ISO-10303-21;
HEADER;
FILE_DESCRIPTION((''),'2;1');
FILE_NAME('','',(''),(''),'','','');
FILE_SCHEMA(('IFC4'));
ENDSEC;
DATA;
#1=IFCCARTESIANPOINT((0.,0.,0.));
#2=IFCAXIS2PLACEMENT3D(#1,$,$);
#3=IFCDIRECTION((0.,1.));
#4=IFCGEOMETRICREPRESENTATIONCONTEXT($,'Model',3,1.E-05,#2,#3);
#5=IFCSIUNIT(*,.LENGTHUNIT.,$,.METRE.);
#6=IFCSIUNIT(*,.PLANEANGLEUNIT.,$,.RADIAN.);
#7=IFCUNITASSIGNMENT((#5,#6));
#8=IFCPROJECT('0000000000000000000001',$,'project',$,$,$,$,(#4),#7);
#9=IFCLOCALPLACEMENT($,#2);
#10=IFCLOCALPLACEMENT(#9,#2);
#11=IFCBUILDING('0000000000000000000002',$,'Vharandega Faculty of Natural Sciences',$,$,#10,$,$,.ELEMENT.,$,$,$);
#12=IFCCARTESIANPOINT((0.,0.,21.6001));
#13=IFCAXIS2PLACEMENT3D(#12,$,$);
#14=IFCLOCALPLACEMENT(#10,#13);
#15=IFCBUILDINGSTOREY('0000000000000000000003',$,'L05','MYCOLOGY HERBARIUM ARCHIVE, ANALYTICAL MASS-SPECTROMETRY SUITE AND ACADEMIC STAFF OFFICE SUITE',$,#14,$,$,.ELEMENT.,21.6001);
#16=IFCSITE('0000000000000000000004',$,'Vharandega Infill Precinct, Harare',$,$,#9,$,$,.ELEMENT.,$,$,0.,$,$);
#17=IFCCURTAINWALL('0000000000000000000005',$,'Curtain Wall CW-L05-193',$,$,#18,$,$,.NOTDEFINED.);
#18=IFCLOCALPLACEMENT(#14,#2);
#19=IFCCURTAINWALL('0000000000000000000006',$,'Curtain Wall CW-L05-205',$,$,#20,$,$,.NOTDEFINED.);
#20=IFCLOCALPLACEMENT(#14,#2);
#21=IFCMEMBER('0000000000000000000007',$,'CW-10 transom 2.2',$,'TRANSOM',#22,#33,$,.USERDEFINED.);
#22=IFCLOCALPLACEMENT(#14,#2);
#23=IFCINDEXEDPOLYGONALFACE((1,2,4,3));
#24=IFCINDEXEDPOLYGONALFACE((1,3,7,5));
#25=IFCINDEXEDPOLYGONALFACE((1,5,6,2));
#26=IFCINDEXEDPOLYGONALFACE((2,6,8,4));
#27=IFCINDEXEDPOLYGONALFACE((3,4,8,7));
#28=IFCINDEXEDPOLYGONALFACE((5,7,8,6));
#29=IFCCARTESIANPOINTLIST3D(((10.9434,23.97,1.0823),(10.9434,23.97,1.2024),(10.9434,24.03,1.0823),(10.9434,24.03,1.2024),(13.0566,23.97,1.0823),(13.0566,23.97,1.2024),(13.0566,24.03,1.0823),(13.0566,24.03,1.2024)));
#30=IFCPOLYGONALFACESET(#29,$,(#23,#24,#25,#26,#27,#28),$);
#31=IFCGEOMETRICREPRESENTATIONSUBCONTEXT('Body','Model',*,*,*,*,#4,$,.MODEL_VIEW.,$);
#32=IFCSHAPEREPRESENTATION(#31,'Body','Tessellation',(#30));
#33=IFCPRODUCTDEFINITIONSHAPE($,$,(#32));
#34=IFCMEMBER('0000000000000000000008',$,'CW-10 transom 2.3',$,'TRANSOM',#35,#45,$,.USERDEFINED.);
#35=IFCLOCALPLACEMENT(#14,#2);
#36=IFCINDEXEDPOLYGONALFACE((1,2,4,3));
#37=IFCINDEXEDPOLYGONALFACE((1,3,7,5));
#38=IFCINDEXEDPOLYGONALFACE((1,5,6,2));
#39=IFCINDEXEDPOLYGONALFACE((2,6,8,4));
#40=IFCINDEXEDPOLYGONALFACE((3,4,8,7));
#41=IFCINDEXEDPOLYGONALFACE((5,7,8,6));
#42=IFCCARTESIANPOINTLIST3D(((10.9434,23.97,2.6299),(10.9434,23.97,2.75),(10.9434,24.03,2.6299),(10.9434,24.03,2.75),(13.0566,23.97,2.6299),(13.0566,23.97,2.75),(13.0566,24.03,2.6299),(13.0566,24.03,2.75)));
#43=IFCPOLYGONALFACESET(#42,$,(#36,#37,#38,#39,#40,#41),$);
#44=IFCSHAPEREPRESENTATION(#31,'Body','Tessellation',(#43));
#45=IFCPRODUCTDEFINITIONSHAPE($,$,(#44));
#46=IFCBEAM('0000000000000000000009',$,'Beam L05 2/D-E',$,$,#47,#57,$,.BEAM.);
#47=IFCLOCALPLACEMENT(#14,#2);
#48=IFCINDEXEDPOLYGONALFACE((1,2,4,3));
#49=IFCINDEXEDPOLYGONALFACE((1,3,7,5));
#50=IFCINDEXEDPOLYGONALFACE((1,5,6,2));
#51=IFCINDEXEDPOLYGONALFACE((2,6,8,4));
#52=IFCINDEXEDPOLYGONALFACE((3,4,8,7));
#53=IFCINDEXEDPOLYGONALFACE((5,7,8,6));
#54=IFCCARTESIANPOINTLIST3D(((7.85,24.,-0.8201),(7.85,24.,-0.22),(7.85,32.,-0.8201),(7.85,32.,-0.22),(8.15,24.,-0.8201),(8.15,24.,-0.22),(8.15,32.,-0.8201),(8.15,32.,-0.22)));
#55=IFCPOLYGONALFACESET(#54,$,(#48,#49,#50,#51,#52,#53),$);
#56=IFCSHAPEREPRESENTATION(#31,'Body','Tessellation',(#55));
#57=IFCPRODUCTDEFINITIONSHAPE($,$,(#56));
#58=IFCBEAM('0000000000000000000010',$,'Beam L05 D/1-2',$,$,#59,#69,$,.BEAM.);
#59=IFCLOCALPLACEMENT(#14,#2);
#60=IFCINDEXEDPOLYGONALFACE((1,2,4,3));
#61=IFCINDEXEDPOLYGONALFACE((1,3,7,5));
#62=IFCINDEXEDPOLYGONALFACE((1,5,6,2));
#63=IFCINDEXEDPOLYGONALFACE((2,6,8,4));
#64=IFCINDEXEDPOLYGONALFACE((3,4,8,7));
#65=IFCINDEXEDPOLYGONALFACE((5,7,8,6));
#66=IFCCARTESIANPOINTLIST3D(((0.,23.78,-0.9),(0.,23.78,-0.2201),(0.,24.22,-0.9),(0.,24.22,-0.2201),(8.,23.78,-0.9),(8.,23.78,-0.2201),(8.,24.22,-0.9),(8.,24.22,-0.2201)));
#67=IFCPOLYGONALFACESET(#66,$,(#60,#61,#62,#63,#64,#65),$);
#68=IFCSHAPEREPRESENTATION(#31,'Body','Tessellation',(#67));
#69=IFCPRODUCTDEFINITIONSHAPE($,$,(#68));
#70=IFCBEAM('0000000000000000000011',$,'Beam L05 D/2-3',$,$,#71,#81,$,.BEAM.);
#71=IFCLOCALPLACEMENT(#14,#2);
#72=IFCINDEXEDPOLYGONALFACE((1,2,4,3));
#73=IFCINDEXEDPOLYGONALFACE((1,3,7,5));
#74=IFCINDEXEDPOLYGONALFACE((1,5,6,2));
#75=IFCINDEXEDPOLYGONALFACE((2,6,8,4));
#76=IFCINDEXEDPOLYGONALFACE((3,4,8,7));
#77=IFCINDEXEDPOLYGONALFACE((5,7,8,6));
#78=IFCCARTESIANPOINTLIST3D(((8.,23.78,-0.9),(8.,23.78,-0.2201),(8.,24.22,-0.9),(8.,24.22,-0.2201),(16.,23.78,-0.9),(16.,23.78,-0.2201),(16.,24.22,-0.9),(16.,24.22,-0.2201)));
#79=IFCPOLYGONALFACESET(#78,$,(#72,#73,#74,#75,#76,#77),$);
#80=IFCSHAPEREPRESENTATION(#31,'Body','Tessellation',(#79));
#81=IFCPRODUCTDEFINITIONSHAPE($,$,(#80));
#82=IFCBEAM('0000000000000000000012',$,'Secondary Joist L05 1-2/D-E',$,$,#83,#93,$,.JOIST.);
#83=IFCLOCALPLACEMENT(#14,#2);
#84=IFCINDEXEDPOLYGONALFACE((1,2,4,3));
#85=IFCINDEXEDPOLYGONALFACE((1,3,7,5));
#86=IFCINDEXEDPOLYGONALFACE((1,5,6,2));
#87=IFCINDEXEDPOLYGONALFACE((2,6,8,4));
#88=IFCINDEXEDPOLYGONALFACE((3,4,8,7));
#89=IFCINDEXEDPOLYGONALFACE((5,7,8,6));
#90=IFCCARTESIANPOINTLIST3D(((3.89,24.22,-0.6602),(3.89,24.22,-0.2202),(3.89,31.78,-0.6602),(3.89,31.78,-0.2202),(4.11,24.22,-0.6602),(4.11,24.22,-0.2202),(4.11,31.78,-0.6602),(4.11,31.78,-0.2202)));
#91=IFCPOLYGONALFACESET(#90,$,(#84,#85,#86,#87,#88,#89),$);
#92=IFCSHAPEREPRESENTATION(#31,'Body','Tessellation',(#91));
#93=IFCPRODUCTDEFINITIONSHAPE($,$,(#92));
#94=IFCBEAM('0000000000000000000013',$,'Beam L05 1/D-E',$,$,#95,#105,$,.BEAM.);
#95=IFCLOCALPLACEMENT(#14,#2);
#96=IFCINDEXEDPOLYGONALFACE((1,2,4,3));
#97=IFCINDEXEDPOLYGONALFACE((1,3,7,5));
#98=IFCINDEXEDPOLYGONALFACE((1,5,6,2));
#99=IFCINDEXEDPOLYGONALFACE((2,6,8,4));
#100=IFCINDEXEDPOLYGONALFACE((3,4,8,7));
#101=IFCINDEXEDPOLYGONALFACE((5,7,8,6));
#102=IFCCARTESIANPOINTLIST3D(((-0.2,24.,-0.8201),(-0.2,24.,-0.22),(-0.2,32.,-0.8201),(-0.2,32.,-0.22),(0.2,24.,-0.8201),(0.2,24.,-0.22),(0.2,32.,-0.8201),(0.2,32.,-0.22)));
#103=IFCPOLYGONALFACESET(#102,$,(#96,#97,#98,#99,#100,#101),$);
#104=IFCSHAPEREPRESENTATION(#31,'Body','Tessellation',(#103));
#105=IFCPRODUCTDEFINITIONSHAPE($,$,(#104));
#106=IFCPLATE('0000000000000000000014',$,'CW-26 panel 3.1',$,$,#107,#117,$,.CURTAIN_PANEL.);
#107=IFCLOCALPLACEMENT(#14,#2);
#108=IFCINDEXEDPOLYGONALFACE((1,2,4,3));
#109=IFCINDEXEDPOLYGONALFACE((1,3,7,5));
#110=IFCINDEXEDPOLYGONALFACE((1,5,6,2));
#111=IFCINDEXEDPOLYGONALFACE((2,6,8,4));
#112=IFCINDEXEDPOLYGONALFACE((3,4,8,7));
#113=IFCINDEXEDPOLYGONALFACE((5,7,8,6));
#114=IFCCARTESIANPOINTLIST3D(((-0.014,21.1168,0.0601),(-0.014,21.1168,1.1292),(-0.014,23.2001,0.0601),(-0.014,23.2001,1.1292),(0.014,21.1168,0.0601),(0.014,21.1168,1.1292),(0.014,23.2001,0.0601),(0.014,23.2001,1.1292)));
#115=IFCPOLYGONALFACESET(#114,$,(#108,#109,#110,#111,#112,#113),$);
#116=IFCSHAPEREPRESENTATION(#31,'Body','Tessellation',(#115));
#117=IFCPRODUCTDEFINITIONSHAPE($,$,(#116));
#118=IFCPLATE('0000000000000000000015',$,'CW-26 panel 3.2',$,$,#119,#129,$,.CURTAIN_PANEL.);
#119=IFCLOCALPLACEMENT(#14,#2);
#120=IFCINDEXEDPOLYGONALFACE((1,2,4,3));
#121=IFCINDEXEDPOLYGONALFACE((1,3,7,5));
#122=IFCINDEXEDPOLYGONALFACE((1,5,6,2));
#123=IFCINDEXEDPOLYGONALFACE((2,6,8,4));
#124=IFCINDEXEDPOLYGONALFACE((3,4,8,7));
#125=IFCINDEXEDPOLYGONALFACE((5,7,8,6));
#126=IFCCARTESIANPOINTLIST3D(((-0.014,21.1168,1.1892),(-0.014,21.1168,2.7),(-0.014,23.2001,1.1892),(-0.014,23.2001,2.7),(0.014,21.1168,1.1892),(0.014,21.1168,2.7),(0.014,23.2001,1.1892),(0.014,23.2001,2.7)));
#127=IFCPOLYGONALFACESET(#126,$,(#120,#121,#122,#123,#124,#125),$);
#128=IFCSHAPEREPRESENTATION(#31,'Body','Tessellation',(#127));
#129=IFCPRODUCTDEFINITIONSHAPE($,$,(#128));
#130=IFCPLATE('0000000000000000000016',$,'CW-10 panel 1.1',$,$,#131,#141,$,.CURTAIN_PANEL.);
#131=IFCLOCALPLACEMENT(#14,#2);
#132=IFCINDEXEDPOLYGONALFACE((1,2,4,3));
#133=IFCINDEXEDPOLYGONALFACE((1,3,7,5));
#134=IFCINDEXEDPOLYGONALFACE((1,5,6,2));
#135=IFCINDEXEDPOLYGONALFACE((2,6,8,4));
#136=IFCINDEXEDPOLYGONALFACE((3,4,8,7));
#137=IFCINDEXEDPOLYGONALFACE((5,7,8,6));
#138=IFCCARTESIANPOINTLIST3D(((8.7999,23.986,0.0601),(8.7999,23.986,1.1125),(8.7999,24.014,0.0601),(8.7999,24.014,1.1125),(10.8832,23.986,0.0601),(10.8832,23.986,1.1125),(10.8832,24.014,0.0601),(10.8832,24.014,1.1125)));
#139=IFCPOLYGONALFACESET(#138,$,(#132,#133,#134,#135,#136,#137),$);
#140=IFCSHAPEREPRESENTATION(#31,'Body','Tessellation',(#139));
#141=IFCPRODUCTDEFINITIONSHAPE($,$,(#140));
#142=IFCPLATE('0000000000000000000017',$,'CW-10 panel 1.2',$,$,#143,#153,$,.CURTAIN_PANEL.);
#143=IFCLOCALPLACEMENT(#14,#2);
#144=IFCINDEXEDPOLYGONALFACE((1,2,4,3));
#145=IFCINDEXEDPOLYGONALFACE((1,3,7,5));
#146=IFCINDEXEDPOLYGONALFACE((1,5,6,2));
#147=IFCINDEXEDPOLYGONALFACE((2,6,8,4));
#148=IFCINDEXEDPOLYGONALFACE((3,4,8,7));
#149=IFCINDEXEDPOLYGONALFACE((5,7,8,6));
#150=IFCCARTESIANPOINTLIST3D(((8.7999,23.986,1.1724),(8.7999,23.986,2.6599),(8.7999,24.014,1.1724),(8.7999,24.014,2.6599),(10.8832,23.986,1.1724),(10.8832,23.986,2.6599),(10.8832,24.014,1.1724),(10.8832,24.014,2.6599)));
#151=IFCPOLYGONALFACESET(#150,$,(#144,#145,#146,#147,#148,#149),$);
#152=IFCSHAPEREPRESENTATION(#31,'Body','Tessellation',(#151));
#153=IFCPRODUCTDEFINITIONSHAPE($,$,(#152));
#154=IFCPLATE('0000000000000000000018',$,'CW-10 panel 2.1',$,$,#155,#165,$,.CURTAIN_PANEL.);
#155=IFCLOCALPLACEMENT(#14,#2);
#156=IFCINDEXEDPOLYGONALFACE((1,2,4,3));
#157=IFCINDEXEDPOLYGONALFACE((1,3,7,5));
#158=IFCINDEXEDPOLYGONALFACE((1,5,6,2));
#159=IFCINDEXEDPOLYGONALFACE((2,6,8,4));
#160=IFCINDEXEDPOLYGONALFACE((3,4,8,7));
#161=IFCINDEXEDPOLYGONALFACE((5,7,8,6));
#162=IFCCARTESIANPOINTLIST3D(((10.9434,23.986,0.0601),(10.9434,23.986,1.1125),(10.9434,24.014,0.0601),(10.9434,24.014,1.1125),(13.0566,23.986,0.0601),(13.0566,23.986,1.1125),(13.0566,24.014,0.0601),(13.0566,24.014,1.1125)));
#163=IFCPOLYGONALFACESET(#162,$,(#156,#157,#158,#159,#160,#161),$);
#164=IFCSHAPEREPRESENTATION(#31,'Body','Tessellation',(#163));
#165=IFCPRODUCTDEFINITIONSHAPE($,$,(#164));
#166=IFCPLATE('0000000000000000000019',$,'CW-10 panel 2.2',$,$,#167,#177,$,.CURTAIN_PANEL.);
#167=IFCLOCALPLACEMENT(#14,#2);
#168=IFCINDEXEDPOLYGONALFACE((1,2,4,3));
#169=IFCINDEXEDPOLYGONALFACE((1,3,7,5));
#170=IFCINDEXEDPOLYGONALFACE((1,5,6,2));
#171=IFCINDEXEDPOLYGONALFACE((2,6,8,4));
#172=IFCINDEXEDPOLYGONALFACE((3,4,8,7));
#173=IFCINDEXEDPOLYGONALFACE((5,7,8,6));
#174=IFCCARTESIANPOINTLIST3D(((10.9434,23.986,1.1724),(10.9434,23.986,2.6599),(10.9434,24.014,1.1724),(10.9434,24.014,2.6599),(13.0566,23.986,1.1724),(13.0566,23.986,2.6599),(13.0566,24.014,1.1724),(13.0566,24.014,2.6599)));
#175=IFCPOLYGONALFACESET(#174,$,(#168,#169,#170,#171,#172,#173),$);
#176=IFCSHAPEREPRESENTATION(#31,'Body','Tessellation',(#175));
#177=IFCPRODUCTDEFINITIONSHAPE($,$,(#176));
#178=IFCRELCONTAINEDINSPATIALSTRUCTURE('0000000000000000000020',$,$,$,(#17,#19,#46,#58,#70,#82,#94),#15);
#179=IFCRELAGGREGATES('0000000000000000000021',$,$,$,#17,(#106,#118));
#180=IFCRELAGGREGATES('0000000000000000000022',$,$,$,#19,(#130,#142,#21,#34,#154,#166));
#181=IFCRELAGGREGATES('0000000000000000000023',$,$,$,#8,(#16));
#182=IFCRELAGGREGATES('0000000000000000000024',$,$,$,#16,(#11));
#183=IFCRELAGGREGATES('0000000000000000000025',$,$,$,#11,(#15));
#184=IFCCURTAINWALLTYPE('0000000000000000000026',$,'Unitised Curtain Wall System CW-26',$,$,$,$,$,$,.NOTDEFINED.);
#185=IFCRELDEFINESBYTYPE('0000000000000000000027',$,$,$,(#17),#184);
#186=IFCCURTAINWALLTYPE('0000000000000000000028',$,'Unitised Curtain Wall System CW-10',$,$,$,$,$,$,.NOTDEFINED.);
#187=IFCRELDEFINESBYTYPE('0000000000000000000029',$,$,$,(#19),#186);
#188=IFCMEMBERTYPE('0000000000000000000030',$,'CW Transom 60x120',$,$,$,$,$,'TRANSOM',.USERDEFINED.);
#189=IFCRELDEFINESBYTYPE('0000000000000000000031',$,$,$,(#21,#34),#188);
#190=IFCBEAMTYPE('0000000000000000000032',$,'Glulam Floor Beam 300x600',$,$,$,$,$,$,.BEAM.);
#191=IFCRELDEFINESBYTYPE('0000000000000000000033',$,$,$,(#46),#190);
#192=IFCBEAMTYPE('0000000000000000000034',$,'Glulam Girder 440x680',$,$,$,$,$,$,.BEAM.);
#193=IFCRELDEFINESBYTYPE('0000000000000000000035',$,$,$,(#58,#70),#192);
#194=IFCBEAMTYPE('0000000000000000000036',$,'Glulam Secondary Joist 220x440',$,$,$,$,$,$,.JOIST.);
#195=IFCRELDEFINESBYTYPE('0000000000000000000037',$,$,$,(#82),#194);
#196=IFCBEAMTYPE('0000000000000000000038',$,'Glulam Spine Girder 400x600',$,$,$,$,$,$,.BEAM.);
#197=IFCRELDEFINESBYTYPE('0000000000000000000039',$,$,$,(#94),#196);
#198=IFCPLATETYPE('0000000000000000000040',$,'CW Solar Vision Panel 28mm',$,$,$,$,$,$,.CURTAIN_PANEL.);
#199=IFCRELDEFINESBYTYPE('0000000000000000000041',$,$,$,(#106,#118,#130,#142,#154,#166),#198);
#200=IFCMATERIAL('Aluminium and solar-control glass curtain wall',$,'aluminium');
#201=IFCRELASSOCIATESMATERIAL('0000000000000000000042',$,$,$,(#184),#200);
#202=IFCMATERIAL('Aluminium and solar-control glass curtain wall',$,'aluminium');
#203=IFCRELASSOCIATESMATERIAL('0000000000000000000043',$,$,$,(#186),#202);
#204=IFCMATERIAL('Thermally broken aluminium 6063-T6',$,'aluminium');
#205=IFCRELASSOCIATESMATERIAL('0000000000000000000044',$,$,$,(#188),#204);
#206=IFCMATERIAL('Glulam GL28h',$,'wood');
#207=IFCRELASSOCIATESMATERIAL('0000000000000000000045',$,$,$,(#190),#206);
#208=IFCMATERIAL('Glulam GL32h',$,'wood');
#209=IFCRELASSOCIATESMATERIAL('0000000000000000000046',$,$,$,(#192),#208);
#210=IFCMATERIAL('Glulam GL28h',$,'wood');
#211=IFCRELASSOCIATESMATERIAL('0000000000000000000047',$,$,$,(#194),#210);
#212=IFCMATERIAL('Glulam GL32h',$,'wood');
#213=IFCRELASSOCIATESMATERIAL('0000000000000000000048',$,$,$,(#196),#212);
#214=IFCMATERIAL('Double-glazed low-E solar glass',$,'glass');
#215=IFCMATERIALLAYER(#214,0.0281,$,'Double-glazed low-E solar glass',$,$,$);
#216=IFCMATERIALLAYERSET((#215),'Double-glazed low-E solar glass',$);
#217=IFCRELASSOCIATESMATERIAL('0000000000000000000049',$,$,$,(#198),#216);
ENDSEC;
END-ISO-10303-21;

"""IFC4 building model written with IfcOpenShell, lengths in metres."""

from ifc_helpers import new_model, si_unit, direction, frame, origin, origin_2d, place, context, subcontext, project, spatial, rectangle, extrude, material, layer, layer_set, material_profile, profile_set, type_object, element, aggregate, save


model = new_model("IFC4")

# Units and contexts
model_context = context("Model", 3, precision=1e-05, world=origin(), true_north=direction((0.0, 1.0)))
body_context = subcontext(model_context, "Body", "Model", "MODEL_VIEW")
ifc_project = project(units=[si_unit("LENGTHUNIT", "METRE"), si_unit("PLANEANGLEUNIT", "RADIAN")], contexts=[model_context])

# Site, building, storey
site_placement = place(None, origin())
site = spatial("IfcSite", under=ifc_project, at=site_placement, Name="Vharandega Infill Precinct, Harare", CompositionType="ELEMENT", RefElevation=0.0)
building_placement = place(site_placement, origin())
building = spatial("IfcBuilding", under=site, at=building_placement, Name="Vharandega Faculty of Natural Sciences", CompositionType="ELEMENT")
storey_placement = place(building_placement, frame((0.0, 0.0, 21.6001)))
storey = spatial("IfcBuildingStorey", under=building, at=storey_placement, Name="L05", Description="MYCOLOGY HERBARIUM ARCHIVE, ANALYTICAL MASS-SPECTROMETRY SUITE AND ACADEMIC STAFF OFFICE SUITE", CompositionType="ELEMENT", Elevation=21.6001)

# Curtain wall
ifc_material_1 = material(Name="Aluminium and solar-control glass curtain wall", Category="aluminium")
curtain_wall_type_1 = type_object("IfcCurtainWallType", Name="Unitised Curtain Wall System CW-26", PredefinedType="NOTDEFINED", material=ifc_material_1)
curtain_wall_1_placement = place(storey_placement, origin())
curtain_wall_1 = element("IfcCurtainWall", 1, at=curtain_wall_1_placement, inside=storey, type_object=curtain_wall_type_1, Name="Curtain Wall CW-L05-193", PredefinedType="NOTDEFINED")

# Curtain wall
ifc_material_2 = material(Name="Aluminium and solar-control glass curtain wall", Category="aluminium")
curtain_wall_type_2 = type_object("IfcCurtainWallType", Name="Unitised Curtain Wall System CW-10", PredefinedType="NOTDEFINED", material=ifc_material_2)
curtain_wall_2_placement = place(storey_placement, origin())
curtain_wall_2 = element("IfcCurtainWall", 2, at=curtain_wall_2_placement, inside=storey, type_object=curtain_wall_type_2, Name="Curtain Wall CW-L05-205", PredefinedType="NOTDEFINED")

# Members
ifc_material_3 = material(Name="Thermally broken aluminium 6063-T6", Category="aluminium")
ifc_material_profile_1 = material_profile(ifc_material_3, rectangle(XDim=0.0601, YDim=0.1201, at=origin_2d()), Name="ALU 60x120")
ifc_profile_set_1 = profile_set([ifc_material_profile_1], Name="Thermally broken aluminium 6063-T6")
member_type_1 = type_object("IfcMemberType", Name="CW Transom 60x120", ElementType="TRANSOM", PredefinedType="USERDEFINED", material=ifc_profile_set_1)
member_1_placement = place(storey_placement, frame((10.9434, 24.0, 1.1423), z_axis=(1.0, 0.0, 0.0), x_axis=(0.0, 1.0, 0.0)))
member_1 = element("IfcMember", 3, at=member_1_placement, type_object=member_type_1, Name="CW-10 transom 2.2", ObjectType="TRANSOM", PredefinedType="USERDEFINED", context=body_context, shape_type="SweptSolid", body=[
    extrude(rectangle(XDim=0.0601, YDim=0.1201, at=origin_2d()), origin(), (0.0, 0.0, 1.0), 2.1133),
])
member_2_placement = place(storey_placement, frame((10.9434, 24.0, 2.6899), z_axis=(1.0, 0.0, 0.0), x_axis=(0.0, 1.0, 0.0)))
member_2 = element("IfcMember", 4, at=member_2_placement, type_object=member_type_1, Name="CW-10 transom 2.3", ObjectType="TRANSOM", PredefinedType="USERDEFINED", context=body_context, shape_type="SweptSolid", body=[
    extrude(rectangle(XDim=0.0601, YDim=0.1201, at=origin_2d()), origin(), (0.0, 0.0, 1.0), 2.1133),
])

# Beams
ifc_material_4 = material(Name="Glulam GL28h", Category="wood")
ifc_material_profile_2 = material_profile(ifc_material_4, rectangle(XDim=0.3, YDim=0.6001, at=origin_2d()), Name="GL28h 300x600")
ifc_profile_set_2 = profile_set([ifc_material_profile_2], Name="Glulam GL28h")
beam_type_1 = type_object("IfcBeamType", Name="Glulam Floor Beam 300x600", PredefinedType="BEAM", material=ifc_profile_set_2)
beam_1_placement = place(storey_placement, frame((8.0, 24.0, -0.52), z_axis=(0.0, 1.0, 0.0), x_axis=(-1.0, 0.0, 0.0)))
element("IfcBeam", 5, at=beam_1_placement, inside=storey, type_object=beam_type_1, Name="Beam L05 2/D-E", PredefinedType="BEAM", context=body_context, shape_type="SweptSolid", body=[
    extrude(rectangle(XDim=0.3, YDim=0.6001, at=origin_2d()), origin(), (0.0, 0.0, 1.0), 8.0),
])
ifc_material_5 = material(Name="Glulam GL32h", Category="wood")
ifc_material_profile_3 = material_profile(ifc_material_5, rectangle(XDim=0.4399, YDim=0.6799, at=origin_2d()), Name="GL32h 440x680")
ifc_profile_set_3 = profile_set([ifc_material_profile_3], Name="Glulam GL32h")
beam_type_2 = type_object("IfcBeamType", Name="Glulam Girder 440x680", PredefinedType="BEAM", material=ifc_profile_set_3)
for number, where, z_axis, x_axis, name in (
    (6, (0.0, 24.0, -0.5601), (1.0, 0.0, 0.0), (0.0, 1.0, 0.0), "Beam L05 D/1-2"),
    (7, (8.0, 24.0, -0.5601), (1.0, 0.0, 0.0), (0.0, 1.0, 0.0), "Beam L05 D/2-3"),
):
    element("IfcBeam", number, at=place(storey_placement, frame(where, z_axis=z_axis, x_axis=x_axis)), inside=storey, type_object=beam_type_2, Name=name, PredefinedType="BEAM", context=body_context, shape_type="SweptSolid", body=[
        extrude(rectangle(XDim=0.4399, YDim=0.6799, at=origin_2d()), origin(), (0.0, 0.0, 1.0), 8.0),
    ])
ifc_material_6 = material(Name="Glulam GL28h", Category="wood")
ifc_material_profile_4 = material_profile(ifc_material_6, rectangle(XDim=0.22, YDim=0.4399, at=origin_2d()), Name="GL28h 220x440")
ifc_profile_set_4 = profile_set([ifc_material_profile_4], Name="Glulam GL28h")
beam_type_3 = type_object("IfcBeamType", Name="Glulam Secondary Joist 220x440", PredefinedType="JOIST", material=ifc_profile_set_4)
beam_2_placement = place(storey_placement, frame((4.0, 24.22, -0.4402), z_axis=(0.0, 1.0, 0.0), x_axis=(-1.0, 0.0, 0.0)))
element("IfcBeam", 8, at=beam_2_placement, inside=storey, type_object=beam_type_3, Name="Secondary Joist L05 1-2/D-E", PredefinedType="JOIST", context=body_context, shape_type="SweptSolid", body=[
    extrude(rectangle(XDim=0.22, YDim=0.4399, at=origin_2d()), origin(), (0.0, 0.0, 1.0), 7.5601),
])
ifc_material_7 = material(Name="Glulam GL32h", Category="wood")
ifc_material_profile_5 = material_profile(ifc_material_7, rectangle(XDim=0.3999, YDim=0.6001, at=origin_2d()), Name="GL32h 400x600")
ifc_profile_set_5 = profile_set([ifc_material_profile_5], Name="Glulam GL32h")
beam_type_4 = type_object("IfcBeamType", Name="Glulam Spine Girder 400x600", PredefinedType="BEAM", material=ifc_profile_set_5)
beam_3_placement = place(storey_placement, frame((0.0, 24.0, -0.52), z_axis=(0.0, 1.0, 0.0), x_axis=(-1.0, 0.0, 0.0)))
element("IfcBeam", 9, at=beam_3_placement, inside=storey, type_object=beam_type_4, Name="Beam L05 1/D-E", PredefinedType="BEAM", context=body_context, shape_type="SweptSolid", body=[
    extrude(rectangle(XDim=0.3999, YDim=0.6001, at=origin_2d()), origin(), (0.0, 0.0, 1.0), 8.0),
])

# Plates
ifc_material_8 = material(Name="Double-glazed low-E solar glass", Category="glass")
ifc_layer = layer(ifc_material_8, 0.0281, Name="Double-glazed low-E solar glass")
ifc_layer_set = layer_set([ifc_layer], Name="Double-glazed low-E solar glass")
plate_type = type_object("IfcPlateType", Name="CW Solar Vision Panel 28mm", PredefinedType="CURTAIN_PANEL", material=ifc_layer_set)
plate_1_placement = place(storey_placement, frame((0.0, 22.1584, 0.0601), z_axis=(0.0, 0.0, 1.0), x_axis=(0.0, 1.0, 0.0)))
plate_1 = element("IfcPlate", 10, at=plate_1_placement, type_object=plate_type, Name="CW-26 panel 3.1", PredefinedType="CURTAIN_PANEL", context=body_context, shape_type="SweptSolid", body=[
    extrude(rectangle(XDim=2.0833, YDim=0.0281, at=origin_2d()), origin(), (0.0, 0.0, 1.0), 1.0691),
])
plate_2_placement = place(storey_placement, frame((0.0, 22.1584, 1.1892), z_axis=(0.0, 0.0, 1.0), x_axis=(0.0, 1.0, 0.0)))
plate_2 = element("IfcPlate", 11, at=plate_2_placement, type_object=plate_type, Name="CW-26 panel 3.2", PredefinedType="CURTAIN_PANEL", context=body_context, shape_type="SweptSolid", body=[
    extrude(rectangle(XDim=2.0833, YDim=0.0281, at=origin_2d()), origin(), (0.0, 0.0, 1.0), 1.5107),
])
aggregate(curtain_wall_1, [plate_1, plate_2])
plate_3_placement = place(storey_placement, frame((9.8416, 24.0, 0.0601), z_axis=(0.0, 0.0, 1.0), x_axis=(1.0, 0.0, 0.0)))
plate_3 = element("IfcPlate", 12, at=plate_3_placement, type_object=plate_type, Name="CW-10 panel 1.1", PredefinedType="CURTAIN_PANEL", context=body_context, shape_type="SweptSolid", body=[
    extrude(rectangle(XDim=2.0833, YDim=0.0281, at=origin_2d()), origin(), (0.0, 0.0, 1.0), 1.0525),
])
plate_4_placement = place(storey_placement, frame((9.8416, 24.0, 1.1724), z_axis=(0.0, 0.0, 1.0), x_axis=(1.0, 0.0, 0.0)))
plate_4 = element("IfcPlate", 13, at=plate_4_placement, type_object=plate_type, Name="CW-10 panel 1.2", PredefinedType="CURTAIN_PANEL", context=body_context, shape_type="SweptSolid", body=[
    extrude(rectangle(XDim=2.0833, YDim=0.0281, at=origin_2d()), origin(), (0.0, 0.0, 1.0), 1.4875),
])
plate_5_placement = place(storey_placement, frame((12.0, 24.0, 0.0601), z_axis=(0.0, 0.0, 1.0), x_axis=(1.0, 0.0, 0.0)))
plate_5 = element("IfcPlate", 14, at=plate_5_placement, type_object=plate_type, Name="CW-10 panel 2.1", PredefinedType="CURTAIN_PANEL", context=body_context, shape_type="SweptSolid", body=[
    extrude(rectangle(XDim=2.1133, YDim=0.0281, at=origin_2d()), origin(), (0.0, 0.0, 1.0), 1.0525),
])
plate_6_placement = place(storey_placement, frame((12.0, 24.0, 1.1724), z_axis=(0.0, 0.0, 1.0), x_axis=(1.0, 0.0, 0.0)))
plate_6 = element("IfcPlate", 15, at=plate_6_placement, type_object=plate_type, Name="CW-10 panel 2.2", PredefinedType="CURTAIN_PANEL", context=body_context, shape_type="SweptSolid", body=[
    extrude(rectangle(XDim=2.1133, YDim=0.0281, at=origin_2d()), origin(), (0.0, 0.0, 1.0), 1.4875),
])
aggregate(curtain_wall_2, [plate_3, plate_4, member_1, member_2, plate_5, plate_6])

save(model, "model.ifc")
